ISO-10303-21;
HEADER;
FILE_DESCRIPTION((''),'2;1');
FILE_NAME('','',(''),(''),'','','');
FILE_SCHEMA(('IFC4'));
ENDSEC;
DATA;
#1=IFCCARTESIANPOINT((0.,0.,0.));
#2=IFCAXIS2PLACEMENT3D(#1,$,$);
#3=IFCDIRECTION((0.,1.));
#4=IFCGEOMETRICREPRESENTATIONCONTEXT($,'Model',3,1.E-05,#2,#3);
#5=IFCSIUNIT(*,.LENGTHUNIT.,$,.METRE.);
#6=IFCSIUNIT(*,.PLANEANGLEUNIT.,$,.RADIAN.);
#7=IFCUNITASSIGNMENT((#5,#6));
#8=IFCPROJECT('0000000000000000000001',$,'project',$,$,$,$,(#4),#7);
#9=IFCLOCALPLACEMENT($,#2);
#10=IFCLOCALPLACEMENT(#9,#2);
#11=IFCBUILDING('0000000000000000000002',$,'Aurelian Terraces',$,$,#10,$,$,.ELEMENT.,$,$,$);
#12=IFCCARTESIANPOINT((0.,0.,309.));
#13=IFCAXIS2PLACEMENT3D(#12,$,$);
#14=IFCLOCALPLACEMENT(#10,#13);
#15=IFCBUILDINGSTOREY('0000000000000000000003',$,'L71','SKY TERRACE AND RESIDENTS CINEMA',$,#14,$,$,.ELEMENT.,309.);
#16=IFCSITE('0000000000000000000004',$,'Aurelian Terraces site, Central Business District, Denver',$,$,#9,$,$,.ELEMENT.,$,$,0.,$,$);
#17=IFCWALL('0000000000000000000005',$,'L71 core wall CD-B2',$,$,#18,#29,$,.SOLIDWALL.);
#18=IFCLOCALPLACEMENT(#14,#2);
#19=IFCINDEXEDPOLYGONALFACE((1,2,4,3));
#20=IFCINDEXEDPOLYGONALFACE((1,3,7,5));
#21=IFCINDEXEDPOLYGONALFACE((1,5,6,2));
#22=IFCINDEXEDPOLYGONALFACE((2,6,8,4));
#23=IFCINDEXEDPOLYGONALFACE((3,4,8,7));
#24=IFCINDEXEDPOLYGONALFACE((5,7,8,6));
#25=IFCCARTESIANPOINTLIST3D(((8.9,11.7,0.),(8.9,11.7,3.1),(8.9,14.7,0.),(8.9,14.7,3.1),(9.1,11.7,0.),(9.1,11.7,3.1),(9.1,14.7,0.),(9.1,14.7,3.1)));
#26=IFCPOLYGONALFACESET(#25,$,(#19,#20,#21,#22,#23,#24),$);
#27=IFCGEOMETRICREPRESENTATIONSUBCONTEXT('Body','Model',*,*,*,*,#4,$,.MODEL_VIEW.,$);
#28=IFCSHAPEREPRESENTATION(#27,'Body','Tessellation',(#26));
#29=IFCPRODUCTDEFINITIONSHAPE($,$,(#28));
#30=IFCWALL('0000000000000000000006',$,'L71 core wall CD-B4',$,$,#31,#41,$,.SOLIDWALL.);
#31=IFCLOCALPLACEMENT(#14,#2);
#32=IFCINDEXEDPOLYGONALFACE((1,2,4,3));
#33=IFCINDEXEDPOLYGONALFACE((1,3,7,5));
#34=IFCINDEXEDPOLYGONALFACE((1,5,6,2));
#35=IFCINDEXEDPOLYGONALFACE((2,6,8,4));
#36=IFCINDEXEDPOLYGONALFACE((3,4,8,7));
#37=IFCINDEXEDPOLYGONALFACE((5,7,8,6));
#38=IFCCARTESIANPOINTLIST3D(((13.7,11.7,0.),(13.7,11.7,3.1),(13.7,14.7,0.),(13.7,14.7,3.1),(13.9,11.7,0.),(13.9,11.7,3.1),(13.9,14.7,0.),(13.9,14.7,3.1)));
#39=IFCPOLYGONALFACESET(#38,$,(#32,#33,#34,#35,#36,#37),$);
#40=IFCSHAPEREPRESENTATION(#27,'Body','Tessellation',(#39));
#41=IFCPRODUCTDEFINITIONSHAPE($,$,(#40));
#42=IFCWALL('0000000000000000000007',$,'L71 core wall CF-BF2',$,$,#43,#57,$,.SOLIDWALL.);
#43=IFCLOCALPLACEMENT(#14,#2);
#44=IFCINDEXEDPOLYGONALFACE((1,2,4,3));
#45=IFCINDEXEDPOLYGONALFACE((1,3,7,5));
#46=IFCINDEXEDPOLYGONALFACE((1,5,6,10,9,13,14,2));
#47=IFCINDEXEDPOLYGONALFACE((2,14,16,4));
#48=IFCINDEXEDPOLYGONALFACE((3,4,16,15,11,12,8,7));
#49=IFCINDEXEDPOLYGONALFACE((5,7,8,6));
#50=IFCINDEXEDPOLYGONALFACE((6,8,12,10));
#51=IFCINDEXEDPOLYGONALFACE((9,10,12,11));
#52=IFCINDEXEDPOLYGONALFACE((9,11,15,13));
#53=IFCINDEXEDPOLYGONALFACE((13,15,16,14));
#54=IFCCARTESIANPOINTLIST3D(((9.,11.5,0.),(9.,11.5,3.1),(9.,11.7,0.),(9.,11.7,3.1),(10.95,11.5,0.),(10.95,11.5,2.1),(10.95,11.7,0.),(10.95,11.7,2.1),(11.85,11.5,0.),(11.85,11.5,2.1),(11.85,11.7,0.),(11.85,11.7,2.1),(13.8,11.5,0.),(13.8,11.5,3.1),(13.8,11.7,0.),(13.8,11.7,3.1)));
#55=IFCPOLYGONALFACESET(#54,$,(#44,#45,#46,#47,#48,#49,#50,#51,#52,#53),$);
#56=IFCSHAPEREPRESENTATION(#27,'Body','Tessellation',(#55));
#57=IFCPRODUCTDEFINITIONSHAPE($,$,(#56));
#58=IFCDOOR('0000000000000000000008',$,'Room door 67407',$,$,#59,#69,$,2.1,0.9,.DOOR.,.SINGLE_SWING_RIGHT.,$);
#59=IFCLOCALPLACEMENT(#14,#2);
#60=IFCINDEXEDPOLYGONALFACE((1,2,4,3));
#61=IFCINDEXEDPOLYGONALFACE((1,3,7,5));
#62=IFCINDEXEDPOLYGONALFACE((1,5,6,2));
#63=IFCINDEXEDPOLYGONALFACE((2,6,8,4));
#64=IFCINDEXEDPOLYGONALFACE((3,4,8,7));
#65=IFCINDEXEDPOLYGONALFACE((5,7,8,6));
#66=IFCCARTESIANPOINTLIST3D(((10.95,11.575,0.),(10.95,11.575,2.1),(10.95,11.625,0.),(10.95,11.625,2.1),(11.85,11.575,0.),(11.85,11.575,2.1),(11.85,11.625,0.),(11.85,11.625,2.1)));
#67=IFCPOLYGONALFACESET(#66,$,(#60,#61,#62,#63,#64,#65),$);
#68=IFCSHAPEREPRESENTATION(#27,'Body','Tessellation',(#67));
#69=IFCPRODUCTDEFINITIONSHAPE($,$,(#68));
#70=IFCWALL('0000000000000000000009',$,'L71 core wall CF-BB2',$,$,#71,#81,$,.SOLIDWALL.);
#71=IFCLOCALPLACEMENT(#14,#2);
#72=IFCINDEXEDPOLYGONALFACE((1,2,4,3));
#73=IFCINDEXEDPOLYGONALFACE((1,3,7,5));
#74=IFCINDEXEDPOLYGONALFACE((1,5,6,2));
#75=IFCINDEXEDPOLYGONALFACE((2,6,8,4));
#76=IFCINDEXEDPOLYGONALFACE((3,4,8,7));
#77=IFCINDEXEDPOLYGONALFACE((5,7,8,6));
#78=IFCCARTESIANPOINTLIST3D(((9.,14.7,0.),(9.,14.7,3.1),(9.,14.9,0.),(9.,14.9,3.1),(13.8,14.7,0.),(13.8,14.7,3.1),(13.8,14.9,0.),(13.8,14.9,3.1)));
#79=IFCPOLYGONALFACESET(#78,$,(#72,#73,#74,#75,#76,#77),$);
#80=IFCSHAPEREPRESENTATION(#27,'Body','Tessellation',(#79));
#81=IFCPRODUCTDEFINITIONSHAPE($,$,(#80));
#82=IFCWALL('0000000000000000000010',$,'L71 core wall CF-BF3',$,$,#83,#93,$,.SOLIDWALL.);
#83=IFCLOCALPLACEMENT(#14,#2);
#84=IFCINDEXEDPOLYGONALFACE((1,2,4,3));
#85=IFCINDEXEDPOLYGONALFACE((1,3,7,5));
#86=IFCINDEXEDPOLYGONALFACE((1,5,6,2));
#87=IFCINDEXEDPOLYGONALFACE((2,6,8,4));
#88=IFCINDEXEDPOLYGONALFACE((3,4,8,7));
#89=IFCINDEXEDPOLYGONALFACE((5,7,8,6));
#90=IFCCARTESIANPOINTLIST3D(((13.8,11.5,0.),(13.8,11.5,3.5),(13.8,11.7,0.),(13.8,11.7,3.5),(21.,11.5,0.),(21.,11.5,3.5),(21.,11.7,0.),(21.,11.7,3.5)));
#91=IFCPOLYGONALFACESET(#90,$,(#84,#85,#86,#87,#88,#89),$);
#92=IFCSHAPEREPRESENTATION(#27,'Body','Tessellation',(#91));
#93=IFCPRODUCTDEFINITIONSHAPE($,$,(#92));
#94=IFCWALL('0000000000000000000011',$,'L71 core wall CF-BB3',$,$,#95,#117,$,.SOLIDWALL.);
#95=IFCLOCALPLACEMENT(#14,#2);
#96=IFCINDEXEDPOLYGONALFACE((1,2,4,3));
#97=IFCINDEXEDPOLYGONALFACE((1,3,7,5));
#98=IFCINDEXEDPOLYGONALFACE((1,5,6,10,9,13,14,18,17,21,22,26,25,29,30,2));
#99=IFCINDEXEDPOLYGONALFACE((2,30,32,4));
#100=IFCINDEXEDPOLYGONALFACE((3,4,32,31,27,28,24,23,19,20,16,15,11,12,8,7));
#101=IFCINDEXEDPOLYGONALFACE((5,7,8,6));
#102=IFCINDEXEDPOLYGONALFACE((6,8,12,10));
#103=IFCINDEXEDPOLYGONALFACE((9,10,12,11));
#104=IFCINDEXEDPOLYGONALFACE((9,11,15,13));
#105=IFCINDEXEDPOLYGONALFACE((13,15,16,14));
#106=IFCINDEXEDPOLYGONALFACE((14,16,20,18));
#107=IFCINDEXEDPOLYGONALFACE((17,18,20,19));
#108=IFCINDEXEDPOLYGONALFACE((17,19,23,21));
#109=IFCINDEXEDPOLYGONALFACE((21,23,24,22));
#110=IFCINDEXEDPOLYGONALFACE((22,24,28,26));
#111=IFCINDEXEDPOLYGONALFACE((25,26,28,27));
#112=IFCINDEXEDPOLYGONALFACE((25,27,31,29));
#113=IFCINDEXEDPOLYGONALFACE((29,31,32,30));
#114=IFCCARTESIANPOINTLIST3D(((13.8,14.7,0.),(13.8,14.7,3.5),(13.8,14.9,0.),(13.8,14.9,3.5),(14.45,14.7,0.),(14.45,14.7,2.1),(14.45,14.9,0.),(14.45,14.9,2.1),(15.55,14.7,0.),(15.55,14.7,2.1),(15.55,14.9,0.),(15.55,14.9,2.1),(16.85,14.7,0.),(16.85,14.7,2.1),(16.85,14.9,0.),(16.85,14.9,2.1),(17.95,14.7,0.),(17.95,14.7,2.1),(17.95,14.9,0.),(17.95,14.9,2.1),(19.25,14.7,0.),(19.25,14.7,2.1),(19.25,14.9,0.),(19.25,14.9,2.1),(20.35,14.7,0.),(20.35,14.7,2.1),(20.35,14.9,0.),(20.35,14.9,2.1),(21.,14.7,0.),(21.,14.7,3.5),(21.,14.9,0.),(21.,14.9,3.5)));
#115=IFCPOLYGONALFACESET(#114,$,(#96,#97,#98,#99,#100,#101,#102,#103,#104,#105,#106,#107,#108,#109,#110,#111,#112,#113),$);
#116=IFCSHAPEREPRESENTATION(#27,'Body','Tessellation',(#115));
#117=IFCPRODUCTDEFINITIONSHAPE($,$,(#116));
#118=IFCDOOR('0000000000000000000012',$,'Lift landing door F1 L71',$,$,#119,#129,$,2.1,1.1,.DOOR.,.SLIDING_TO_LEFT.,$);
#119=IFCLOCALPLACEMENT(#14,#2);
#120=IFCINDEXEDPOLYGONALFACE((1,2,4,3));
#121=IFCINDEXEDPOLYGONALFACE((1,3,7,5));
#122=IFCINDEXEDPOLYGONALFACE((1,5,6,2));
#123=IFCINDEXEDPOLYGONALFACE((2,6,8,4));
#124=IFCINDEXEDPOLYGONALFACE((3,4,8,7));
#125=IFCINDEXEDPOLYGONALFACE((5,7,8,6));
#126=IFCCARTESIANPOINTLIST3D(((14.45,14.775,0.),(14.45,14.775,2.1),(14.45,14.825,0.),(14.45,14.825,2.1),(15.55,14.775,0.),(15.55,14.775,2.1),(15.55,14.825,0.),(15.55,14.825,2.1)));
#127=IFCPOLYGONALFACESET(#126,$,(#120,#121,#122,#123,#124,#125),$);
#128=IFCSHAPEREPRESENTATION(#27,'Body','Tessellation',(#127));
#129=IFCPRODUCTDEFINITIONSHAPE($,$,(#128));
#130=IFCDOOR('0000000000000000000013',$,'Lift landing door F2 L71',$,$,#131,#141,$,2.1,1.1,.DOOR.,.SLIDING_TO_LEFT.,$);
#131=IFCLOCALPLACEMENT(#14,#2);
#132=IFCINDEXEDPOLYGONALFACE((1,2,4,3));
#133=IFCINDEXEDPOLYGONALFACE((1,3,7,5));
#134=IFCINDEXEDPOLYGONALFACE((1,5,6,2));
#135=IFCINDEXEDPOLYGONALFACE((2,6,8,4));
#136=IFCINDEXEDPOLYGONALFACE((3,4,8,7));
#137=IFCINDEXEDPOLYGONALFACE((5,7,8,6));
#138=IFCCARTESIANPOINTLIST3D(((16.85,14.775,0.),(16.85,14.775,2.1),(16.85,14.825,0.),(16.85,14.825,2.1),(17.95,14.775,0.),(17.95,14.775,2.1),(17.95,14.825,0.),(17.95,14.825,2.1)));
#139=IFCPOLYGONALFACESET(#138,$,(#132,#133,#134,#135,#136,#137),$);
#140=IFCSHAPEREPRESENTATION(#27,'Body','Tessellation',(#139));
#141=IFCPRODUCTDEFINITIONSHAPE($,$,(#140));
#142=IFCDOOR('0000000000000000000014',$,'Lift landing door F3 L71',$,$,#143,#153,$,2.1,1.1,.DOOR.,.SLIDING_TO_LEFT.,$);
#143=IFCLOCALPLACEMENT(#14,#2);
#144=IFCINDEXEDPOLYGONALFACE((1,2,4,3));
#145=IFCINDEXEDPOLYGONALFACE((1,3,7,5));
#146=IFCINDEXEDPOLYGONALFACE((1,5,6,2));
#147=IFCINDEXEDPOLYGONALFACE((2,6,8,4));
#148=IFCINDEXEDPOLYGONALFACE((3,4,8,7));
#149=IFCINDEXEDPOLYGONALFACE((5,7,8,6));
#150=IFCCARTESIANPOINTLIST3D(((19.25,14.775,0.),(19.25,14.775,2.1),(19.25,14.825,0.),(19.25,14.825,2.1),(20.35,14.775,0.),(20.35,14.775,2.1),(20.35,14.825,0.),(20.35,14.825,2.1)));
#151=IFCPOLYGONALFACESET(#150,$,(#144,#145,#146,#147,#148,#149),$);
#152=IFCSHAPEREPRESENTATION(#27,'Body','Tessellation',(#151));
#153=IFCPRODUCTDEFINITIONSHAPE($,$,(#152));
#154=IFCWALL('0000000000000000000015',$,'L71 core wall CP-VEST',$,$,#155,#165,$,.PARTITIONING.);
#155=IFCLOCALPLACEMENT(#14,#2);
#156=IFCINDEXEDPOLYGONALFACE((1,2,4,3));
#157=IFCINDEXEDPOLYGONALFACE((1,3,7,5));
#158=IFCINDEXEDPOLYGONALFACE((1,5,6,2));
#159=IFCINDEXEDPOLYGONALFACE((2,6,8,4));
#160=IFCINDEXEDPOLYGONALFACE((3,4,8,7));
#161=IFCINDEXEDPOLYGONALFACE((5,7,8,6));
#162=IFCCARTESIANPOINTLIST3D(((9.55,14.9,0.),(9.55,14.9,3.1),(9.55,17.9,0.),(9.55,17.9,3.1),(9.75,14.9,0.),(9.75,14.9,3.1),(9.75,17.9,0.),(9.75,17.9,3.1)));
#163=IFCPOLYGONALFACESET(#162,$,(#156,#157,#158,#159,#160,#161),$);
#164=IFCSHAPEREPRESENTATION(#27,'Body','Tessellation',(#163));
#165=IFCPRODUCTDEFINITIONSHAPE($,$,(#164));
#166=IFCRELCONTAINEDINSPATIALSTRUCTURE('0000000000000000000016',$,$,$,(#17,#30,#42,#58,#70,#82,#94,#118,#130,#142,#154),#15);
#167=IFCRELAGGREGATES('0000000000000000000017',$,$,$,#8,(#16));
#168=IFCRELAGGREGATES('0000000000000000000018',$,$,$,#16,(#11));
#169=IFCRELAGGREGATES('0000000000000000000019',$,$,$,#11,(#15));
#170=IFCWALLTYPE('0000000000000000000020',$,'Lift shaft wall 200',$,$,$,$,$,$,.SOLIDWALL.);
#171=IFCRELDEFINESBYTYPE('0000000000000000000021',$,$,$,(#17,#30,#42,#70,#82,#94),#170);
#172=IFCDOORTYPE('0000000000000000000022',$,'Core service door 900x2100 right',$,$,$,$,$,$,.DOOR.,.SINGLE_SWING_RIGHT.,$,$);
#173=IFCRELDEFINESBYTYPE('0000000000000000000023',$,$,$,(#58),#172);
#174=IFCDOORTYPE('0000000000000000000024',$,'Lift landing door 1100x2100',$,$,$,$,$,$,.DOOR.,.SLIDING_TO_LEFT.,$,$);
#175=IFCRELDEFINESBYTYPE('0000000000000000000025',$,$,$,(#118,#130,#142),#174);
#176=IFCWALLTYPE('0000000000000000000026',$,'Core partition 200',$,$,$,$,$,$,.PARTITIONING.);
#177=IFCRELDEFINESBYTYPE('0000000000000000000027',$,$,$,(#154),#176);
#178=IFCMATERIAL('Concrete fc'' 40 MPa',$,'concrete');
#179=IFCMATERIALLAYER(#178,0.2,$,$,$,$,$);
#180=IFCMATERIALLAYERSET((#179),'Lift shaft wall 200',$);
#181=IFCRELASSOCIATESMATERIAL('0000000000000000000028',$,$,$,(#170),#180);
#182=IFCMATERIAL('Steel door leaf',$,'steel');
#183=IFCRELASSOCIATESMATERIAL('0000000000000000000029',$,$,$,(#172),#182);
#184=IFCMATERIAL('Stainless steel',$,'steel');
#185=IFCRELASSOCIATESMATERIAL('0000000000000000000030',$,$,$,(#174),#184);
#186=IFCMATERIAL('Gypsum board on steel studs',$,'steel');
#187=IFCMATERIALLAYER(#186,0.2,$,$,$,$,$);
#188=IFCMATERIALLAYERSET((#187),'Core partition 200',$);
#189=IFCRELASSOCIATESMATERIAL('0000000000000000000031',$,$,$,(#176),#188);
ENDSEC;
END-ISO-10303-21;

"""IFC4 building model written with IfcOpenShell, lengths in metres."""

from ifc_helpers import new_model, si_unit, direction, frame, frame_2d, origin, place, context, subcontext, project, spatial, rectangle, extrude, source, transform, mapped, material, layer, layer_set, type_object, element, fill, save


model = new_model("IFC4")

# Units and contexts
model_context = context("Model", 3, precision=1e-05, world=origin(), true_north=direction((0.0, 1.0)))
body_context = subcontext(model_context, "Body", "Model", "MODEL_VIEW")
ifc_project = project(units=[si_unit("LENGTHUNIT", "METRE"), si_unit("PLANEANGLEUNIT", "RADIAN")], contexts=[model_context])

# Site, building, storey
site_placement = place(None, origin())
site = spatial("IfcSite", under=ifc_project, at=site_placement, Name="Aurelian Terraces site, Central Business District, Denver", CompositionType="ELEMENT", RefElevation=0.0)
building_placement = place(site_placement, origin())
building = spatial("IfcBuilding", under=site, at=building_placement, Name="Aurelian Terraces", CompositionType="ELEMENT")
storey_placement = place(building_placement, frame((0.0, 0.0, 309.0)))
storey = spatial("IfcBuildingStorey", under=building, at=storey_placement, Name="L71", Description="SKY TERRACE AND RESIDENTS CINEMA", CompositionType="ELEMENT", Elevation=309.0)

# Walls
ifc_material_1 = material(Name="Concrete fc' 40 MPa", Category="concrete")
ifc_layer_1 = layer(ifc_material_1, 0.2)
ifc_layer_set_1 = layer_set([ifc_layer_1], Name="Lift shaft wall 200")
wall_type_1 = type_object("IfcWallType", Name="Lift shaft wall 200", PredefinedType="SOLIDWALL", material=ifc_layer_set_1)
shared_shape_1 = source(origin(), body_context, "Body", "SweptSolid", [
    extrude(rectangle(XDim=3.0, YDim=0.2, at=frame_2d((1.5, 0.0))), origin(), (0.0, 0.0, 1.0), 3.1),
])
for number, where, z_axis, x_axis, name in (
    (1, (9.0, 11.7, 0.0), (0.0, 0.0, 1.0), (0.0, 1.0, 0.0), "L71 core wall CD-B2"),
    (2, (13.8, 11.7, 0.0), (0.0, 0.0, 1.0), (0.0, 1.0, 0.0), "L71 core wall CD-B4"),
):
    element("IfcWall", number, at=place(storey_placement, frame(where, z_axis=z_axis, x_axis=x_axis)), inside=storey, type_object=wall_type_1, Name=name, PredefinedType="SOLIDWALL", context=body_context, shape_type="MappedRepresentation", body=[
        mapped(shared_shape_1, transform((0.0, 0.0, 0.0), scale=1.0)),
    ])

# Wall, opening, door
shared_shape_2 = source(origin(), body_context, "Body", "SweptSolid", [
    extrude(rectangle(XDim=4.8, YDim=0.2, at=frame_2d((2.4, 0.0))), origin(), (0.0, 0.0, 1.0), 3.1),
])
wall_1_placement = place(storey_placement, frame((9.0, 11.6, 0.0), z_axis=(0.0, 0.0, 1.0), x_axis=(1.0, 0.0, 0.0)))
wall_1 = element("IfcWall", 3, at=wall_1_placement, inside=storey, type_object=wall_type_1, Name="L71 core wall CF-BF2", PredefinedType="SOLIDWALL", context=body_context, shape_type="MappedRepresentation", body=[
    mapped(shared_shape_2, transform((0.0, 0.0, 0.0), scale=1.0)),
])
shared_shape_3 = source(origin(), body_context, "Body", "SweptSolid", [
    extrude(rectangle(XDim=0.9, YDim=2.1, at=frame_2d((0.45, 1.05))), frame((0.0, 0.11, 0.0), z_axis=(0.0, -1.0, 0.0), x_axis=(1.0, 0.0, 0.0)), (0.0, 0.0, 1.0), 0.22),
])
opening_1_placement = place(wall_1_placement, frame((1.95, 0.0, 0.0)))
opening_1 = element("IfcOpeningElement", 4, at=opening_1_placement, cuts=wall_1, PredefinedType="OPENING", context=body_context, shape_type="MappedRepresentation", body=[
    mapped(shared_shape_3, transform((0.0, 0.0, 0.0), scale=1.0)),
])
ifc_material_2 = material(Name="Steel door leaf", Category="steel")
door_type_1 = type_object("IfcDoorType", Name="Core service door 900x2100 right", OperationType="SINGLE_SWING_RIGHT", PredefinedType="DOOR", material=ifc_material_2)
shared_shape_4 = source(origin(), body_context, "Body", "SweptSolid", [
    extrude(rectangle(XDim=0.9, YDim=2.1, at=frame_2d((0.45, 1.05))), frame((0.0, 0.025, 0.0), z_axis=(0.0, -1.0, 0.0), x_axis=(1.0, 0.0, 0.0)), (0.0, 0.0, 1.0), 0.05),
])
door_1_placement = place(opening_1_placement, origin())
door_1 = element("IfcDoor", 5, at=door_1_placement, inside=storey, type_object=door_type_1, Name="Room door 67407", OperationType="SINGLE_SWING_RIGHT", OverallHeight=2.1, OverallWidth=0.9, PredefinedType="DOOR", context=body_context, shape_type="MappedRepresentation", body=[
    mapped(shared_shape_4, transform((0.0, 0.0, 0.0), scale=1.0)),
])
fill(opening_1, door_1)

# Walls
wall_2_placement = place(storey_placement, frame((9.0, 14.8, 0.0), z_axis=(0.0, 0.0, 1.0), x_axis=(1.0, 0.0, 0.0)))
element("IfcWall", 6, at=wall_2_placement, inside=storey, type_object=wall_type_1, Name="L71 core wall CF-BB2", PredefinedType="SOLIDWALL", context=body_context, shape_type="MappedRepresentation", body=[
    mapped(shared_shape_2, transform((0.0, 0.0, 0.0), scale=1.0)),
])
shared_shape_5 = source(origin(), body_context, "Body", "SweptSolid", [
    extrude(rectangle(XDim=7.2, YDim=0.2, at=frame_2d((3.6, 0.0))), origin(), (0.0, 0.0, 1.0), 3.5),
])
wall_3_placement = place(storey_placement, frame((13.8, 11.6, 0.0), z_axis=(0.0, 0.0, 1.0), x_axis=(1.0, 0.0, 0.0)))
element("IfcWall", 7, at=wall_3_placement, inside=storey, type_object=wall_type_1, Name="L71 core wall CF-BF3", PredefinedType="SOLIDWALL", context=body_context, shape_type="MappedRepresentation", body=[
    mapped(shared_shape_5, transform((0.0, 0.0, 0.0), scale=1.0)),
])

# Wall, openings, doors
wall_4_placement = place(storey_placement, frame((13.8, 14.8, 0.0), z_axis=(0.0, 0.0, 1.0), x_axis=(1.0, 0.0, 0.0)))
wall_4 = element("IfcWall", 8, at=wall_4_placement, inside=storey, type_object=wall_type_1, Name="L71 core wall CF-BB3", PredefinedType="SOLIDWALL", context=body_context, shape_type="MappedRepresentation", body=[
    mapped(shared_shape_5, transform((0.0, 0.0, 0.0), scale=1.0)),
])
shared_shape_6 = source(origin(), body_context, "Body", "SweptSolid", [
    extrude(rectangle(XDim=1.1, YDim=2.1, at=frame_2d((0.55, 1.05))), frame((0.0, 0.11, 0.0), z_axis=(0.0, -1.0, 0.0), x_axis=(1.0, 0.0, 0.0)), (0.0, 0.0, 1.0), 0.22),
])
opening_2_placement = place(wall_4_placement, frame((0.65, 0.0, 0.0)))
opening_2 = element("IfcOpeningElement", 9, at=opening_2_placement, cuts=wall_4, PredefinedType="OPENING", context=body_context, shape_type="MappedRepresentation", body=[
    mapped(shared_shape_6, transform((0.0, 0.0, 0.0), scale=1.0)),
])
opening_3_placement = place(wall_4_placement, frame((3.05, 0.0, 0.0)))
opening_3 = element("IfcOpeningElement", 10, at=opening_3_placement, cuts=wall_4, PredefinedType="OPENING", context=body_context, shape_type="MappedRepresentation", body=[
    mapped(shared_shape_6, transform((0.0, 0.0, 0.0), scale=1.0)),
])
opening_4_placement = place(wall_4_placement, frame((5.45, 0.0, 0.0)))
opening_4 = element("IfcOpeningElement", 11, at=opening_4_placement, cuts=wall_4, PredefinedType="OPENING", context=body_context, shape_type="MappedRepresentation", body=[
    mapped(shared_shape_6, transform((0.0, 0.0, 0.0), scale=1.0)),
])
ifc_material_3 = material(Name="Stainless steel", Category="steel")
door_type_2 = type_object("IfcDoorType", Name="Lift landing door 1100x2100", OperationType="SLIDING_TO_LEFT", PredefinedType="DOOR", material=ifc_material_3)
shared_shape_7 = source(origin(), body_context, "Body", "SweptSolid", [
    extrude(rectangle(XDim=1.1, YDim=2.1, at=frame_2d((0.55, 1.05))), frame((0.0, 0.025, 0.0), z_axis=(0.0, -1.0, 0.0), x_axis=(1.0, 0.0, 0.0)), (0.0, 0.0, 1.0), 0.05),
])
door_2_placement = place(opening_2_placement, origin())
door_2 = element("IfcDoor", 12, at=door_2_placement, inside=storey, type_object=door_type_2, Name="Lift landing door F1 L71", OperationType="SLIDING_TO_LEFT", OverallHeight=2.1, OverallWidth=1.1, PredefinedType="DOOR", context=body_context, shape_type="MappedRepresentation", body=[
    mapped(shared_shape_7, transform((0.0, 0.0, 0.0), scale=1.0)),
])
fill(opening_2, door_2)
door_3_placement = place(opening_3_placement, origin())
door_3 = element("IfcDoor", 13, at=door_3_placement, inside=storey, type_object=door_type_2, Name="Lift landing door F2 L71", OperationType="SLIDING_TO_LEFT", OverallHeight=2.1, OverallWidth=1.1, PredefinedType="DOOR", context=body_context, shape_type="MappedRepresentation", body=[
    mapped(shared_shape_7, transform((0.0, 0.0, 0.0), scale=1.0)),
])
fill(opening_3, door_3)
door_4_placement = place(opening_4_placement, origin())
door_4 = element("IfcDoor", 14, at=door_4_placement, inside=storey, type_object=door_type_2, Name="Lift landing door F3 L71", OperationType="SLIDING_TO_LEFT", OverallHeight=2.1, OverallWidth=1.1, PredefinedType="DOOR", context=body_context, shape_type="MappedRepresentation", body=[
    mapped(shared_shape_7, transform((0.0, 0.0, 0.0), scale=1.0)),
])
fill(opening_4, door_4)

# Wall
ifc_material_4 = material(Name="Gypsum board on steel studs", Category="steel")
ifc_layer_2 = layer(ifc_material_4, 0.2)
ifc_layer_set_2 = layer_set([ifc_layer_2], Name="Core partition 200")
wall_type_2 = type_object("IfcWallType", Name="Core partition 200", PredefinedType="PARTITIONING", material=ifc_layer_set_2)
shared_shape_8 = source(origin(), body_context, "Body", "SweptSolid", [
    extrude(rectangle(XDim=3.0, YDim=0.2, at=frame_2d((1.5, 0.0))), origin(), (0.0, 0.0, 1.0), 3.1),
])
wall_5_placement = place(storey_placement, frame((9.65, 14.9, 0.0), z_axis=(0.0, 0.0, 1.0), x_axis=(0.0, 1.0, 0.0)))
element("IfcWall", 15, at=wall_5_placement, inside=storey, type_object=wall_type_2, Name="L71 core wall CP-VEST", PredefinedType="PARTITIONING", context=body_context, shape_type="MappedRepresentation", body=[
    mapped(shared_shape_8, transform((0.0, 0.0, 0.0), scale=1.0)),
])

save(model, "model.ifc")
